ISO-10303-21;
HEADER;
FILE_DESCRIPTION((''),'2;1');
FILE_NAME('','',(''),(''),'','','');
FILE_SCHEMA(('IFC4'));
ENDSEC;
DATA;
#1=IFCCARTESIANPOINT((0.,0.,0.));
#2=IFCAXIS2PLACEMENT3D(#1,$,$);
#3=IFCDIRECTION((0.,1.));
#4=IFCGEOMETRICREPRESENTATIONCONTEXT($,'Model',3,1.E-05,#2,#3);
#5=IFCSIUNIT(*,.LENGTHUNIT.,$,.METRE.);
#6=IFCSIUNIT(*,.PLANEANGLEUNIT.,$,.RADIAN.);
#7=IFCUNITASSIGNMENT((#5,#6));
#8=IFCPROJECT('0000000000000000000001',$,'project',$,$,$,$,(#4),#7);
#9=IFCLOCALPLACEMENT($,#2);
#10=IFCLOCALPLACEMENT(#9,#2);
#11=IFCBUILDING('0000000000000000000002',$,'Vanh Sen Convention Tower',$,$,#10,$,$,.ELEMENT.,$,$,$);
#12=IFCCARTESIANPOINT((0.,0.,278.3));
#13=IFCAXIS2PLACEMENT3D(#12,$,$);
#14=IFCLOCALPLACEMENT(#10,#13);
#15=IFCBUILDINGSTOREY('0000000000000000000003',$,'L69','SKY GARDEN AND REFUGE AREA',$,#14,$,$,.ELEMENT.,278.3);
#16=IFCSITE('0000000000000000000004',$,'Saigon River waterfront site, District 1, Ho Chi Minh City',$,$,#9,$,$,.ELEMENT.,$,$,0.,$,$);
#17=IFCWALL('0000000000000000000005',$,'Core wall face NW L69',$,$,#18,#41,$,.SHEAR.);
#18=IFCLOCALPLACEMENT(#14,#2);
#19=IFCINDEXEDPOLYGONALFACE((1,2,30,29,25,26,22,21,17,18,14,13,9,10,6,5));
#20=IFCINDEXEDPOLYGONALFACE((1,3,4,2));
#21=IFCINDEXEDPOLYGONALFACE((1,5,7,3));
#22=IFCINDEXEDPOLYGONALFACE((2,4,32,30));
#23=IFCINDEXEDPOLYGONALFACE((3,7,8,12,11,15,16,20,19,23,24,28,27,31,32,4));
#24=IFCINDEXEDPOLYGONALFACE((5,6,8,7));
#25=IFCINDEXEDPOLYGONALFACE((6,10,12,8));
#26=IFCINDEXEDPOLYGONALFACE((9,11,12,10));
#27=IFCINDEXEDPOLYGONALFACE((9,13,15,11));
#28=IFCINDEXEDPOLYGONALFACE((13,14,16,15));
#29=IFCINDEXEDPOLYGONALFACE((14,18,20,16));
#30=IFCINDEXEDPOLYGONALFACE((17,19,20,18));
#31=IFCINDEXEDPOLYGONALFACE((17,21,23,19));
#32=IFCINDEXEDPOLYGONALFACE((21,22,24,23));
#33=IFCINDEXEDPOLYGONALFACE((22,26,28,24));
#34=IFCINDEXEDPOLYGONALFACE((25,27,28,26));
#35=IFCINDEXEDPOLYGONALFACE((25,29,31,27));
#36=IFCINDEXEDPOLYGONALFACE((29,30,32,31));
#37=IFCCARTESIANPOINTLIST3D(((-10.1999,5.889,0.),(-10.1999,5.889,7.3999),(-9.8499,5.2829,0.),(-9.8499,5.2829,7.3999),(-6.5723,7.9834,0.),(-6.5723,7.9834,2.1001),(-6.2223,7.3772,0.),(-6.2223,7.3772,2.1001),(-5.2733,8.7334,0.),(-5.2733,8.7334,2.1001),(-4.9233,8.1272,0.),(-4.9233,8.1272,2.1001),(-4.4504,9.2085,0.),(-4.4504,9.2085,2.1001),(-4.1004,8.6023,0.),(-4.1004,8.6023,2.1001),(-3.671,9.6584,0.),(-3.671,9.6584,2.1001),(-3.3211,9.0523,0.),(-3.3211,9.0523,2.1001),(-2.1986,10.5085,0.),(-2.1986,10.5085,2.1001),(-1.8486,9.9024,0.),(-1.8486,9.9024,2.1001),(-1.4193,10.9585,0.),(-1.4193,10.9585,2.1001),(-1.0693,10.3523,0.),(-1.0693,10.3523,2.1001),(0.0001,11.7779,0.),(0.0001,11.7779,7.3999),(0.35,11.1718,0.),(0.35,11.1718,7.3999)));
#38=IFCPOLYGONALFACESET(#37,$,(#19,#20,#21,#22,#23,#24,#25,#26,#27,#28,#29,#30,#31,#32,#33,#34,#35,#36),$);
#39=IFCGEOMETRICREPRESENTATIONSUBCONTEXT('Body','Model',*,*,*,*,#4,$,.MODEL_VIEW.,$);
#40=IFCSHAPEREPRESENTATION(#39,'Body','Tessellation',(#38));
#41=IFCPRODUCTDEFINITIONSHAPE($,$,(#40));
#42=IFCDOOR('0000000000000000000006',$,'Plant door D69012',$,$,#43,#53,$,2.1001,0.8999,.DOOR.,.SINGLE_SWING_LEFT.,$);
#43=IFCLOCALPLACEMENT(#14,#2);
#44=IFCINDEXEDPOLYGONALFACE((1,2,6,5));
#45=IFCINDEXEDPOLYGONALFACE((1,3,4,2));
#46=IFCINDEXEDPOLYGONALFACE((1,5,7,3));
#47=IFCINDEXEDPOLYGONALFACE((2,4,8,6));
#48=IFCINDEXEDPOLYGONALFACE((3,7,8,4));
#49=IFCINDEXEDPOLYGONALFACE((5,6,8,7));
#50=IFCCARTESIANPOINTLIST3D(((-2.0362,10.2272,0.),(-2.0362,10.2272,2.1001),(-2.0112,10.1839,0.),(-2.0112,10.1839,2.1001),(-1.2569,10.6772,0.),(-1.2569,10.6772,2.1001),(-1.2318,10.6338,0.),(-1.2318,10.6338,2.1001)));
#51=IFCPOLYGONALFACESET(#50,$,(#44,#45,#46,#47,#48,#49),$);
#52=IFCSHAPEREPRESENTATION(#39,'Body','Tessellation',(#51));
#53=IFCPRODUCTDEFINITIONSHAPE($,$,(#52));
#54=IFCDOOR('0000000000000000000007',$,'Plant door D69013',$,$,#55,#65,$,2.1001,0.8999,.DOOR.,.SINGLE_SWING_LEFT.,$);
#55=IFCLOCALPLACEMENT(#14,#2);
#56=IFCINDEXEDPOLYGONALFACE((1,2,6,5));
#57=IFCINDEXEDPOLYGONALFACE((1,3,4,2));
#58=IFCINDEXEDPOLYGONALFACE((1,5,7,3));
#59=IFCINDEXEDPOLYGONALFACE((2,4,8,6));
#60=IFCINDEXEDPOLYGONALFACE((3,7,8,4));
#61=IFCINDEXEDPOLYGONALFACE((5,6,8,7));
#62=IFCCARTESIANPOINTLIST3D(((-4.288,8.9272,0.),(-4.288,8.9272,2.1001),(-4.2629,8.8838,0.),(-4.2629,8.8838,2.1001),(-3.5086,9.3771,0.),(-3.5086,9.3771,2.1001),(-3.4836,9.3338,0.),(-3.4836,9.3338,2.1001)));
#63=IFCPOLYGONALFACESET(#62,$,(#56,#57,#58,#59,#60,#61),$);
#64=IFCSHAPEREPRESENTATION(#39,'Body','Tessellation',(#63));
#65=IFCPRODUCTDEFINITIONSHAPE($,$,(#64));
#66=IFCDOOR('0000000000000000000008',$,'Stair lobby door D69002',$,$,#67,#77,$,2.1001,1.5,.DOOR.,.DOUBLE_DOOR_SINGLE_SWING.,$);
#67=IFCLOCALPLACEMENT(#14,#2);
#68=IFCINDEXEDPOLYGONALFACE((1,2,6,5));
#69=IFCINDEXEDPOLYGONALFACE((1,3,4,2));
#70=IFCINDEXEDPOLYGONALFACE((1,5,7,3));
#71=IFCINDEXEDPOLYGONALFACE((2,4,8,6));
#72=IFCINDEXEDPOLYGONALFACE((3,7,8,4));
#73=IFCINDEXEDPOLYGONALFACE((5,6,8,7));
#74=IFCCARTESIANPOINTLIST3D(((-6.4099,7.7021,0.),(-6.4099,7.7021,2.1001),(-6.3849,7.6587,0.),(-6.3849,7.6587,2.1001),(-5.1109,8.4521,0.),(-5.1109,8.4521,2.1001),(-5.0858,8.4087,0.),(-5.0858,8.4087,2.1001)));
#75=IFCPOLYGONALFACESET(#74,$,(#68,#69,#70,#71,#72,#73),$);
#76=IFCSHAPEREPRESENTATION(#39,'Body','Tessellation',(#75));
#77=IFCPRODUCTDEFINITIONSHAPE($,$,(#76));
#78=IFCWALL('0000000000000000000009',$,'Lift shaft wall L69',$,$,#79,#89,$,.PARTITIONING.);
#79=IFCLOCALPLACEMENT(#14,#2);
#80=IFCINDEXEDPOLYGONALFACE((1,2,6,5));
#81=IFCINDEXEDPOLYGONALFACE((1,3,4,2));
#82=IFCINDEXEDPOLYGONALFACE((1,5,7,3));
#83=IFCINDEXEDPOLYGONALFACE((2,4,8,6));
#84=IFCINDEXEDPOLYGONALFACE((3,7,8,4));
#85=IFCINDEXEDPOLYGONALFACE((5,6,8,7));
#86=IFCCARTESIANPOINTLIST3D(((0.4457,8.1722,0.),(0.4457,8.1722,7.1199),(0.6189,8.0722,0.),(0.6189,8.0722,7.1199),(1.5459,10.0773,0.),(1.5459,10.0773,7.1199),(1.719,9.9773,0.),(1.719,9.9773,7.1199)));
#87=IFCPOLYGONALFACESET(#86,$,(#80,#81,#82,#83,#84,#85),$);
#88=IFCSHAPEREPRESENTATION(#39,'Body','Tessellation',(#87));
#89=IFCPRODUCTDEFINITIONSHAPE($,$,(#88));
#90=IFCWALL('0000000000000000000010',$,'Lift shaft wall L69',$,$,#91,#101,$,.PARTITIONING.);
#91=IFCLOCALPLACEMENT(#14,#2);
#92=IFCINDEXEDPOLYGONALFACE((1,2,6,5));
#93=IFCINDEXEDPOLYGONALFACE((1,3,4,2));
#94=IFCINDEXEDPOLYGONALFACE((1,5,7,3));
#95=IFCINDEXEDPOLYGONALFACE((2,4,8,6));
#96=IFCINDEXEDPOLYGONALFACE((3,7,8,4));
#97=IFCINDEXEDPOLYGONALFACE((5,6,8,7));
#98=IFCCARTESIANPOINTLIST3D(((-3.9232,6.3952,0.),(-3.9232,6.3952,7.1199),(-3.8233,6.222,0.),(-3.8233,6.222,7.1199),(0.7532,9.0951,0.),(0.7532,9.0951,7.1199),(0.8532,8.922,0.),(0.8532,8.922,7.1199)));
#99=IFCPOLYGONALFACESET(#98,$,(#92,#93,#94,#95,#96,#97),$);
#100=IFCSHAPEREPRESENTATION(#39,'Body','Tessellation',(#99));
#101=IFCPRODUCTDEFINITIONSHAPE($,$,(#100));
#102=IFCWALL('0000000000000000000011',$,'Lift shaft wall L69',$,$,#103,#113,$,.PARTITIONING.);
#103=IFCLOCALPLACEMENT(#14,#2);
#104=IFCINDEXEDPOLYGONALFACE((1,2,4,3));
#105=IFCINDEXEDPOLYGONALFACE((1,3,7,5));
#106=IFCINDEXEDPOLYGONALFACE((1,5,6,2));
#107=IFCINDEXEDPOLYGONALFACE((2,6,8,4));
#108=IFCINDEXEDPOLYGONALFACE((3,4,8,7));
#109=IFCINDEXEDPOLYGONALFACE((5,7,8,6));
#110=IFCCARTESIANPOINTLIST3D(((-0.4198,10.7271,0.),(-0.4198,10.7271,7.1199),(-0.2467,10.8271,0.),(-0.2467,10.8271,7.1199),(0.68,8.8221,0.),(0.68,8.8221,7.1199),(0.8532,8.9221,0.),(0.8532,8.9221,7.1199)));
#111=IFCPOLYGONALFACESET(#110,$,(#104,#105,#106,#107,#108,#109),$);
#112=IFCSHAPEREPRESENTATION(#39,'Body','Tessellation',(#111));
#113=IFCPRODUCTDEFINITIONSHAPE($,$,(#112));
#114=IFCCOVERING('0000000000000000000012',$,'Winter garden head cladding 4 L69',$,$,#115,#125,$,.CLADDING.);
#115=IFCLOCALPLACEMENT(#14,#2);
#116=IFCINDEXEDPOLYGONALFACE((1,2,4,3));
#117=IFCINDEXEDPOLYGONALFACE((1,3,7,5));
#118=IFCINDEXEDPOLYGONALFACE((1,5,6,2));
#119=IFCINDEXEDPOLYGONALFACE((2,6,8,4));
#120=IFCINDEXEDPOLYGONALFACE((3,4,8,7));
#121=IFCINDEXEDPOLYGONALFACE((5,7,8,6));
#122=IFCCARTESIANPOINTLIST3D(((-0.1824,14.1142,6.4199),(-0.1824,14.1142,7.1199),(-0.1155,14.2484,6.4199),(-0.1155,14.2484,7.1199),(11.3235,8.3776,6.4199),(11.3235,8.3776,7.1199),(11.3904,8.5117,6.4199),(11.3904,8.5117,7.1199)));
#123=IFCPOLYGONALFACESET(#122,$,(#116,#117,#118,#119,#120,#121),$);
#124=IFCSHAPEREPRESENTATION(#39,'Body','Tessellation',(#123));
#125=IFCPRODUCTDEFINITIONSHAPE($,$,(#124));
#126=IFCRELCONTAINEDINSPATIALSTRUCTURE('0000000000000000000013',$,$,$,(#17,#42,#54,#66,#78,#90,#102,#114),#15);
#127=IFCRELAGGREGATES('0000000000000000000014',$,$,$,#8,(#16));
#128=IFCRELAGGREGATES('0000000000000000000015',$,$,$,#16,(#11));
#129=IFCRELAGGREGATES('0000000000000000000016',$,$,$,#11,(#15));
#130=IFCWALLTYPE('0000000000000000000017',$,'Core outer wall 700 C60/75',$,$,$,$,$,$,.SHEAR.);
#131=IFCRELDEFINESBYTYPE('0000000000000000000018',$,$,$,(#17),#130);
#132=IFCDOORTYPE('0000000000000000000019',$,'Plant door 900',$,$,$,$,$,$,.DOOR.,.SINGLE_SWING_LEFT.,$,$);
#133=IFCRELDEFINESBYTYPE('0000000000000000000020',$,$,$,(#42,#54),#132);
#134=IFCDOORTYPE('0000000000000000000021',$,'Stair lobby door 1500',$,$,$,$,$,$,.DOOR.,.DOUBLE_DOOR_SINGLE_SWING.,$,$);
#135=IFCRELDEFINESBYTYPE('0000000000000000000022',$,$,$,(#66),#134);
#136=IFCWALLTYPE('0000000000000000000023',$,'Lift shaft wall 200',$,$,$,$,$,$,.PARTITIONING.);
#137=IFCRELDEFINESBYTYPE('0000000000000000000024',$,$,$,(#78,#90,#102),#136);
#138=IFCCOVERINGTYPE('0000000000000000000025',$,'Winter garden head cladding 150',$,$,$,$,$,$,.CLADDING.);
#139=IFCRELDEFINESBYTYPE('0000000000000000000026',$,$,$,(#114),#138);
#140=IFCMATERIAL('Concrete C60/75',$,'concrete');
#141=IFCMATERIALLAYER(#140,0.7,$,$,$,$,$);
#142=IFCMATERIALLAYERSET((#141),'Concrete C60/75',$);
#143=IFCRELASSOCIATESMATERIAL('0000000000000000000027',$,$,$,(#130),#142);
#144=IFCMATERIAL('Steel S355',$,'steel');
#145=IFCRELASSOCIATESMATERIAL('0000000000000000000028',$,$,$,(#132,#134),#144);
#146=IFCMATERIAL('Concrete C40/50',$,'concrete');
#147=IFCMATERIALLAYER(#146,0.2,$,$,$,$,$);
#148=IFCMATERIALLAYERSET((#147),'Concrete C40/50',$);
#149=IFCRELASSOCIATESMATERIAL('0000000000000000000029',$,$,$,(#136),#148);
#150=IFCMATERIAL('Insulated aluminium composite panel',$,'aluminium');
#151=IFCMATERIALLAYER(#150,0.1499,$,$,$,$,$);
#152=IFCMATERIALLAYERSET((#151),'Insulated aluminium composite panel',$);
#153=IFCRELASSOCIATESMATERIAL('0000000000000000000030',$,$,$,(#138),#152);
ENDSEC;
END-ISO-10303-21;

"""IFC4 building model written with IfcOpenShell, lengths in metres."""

from ifc_helpers import new_model, si_unit, direction, frame, frame_2d, origin, origin_2d, place, context, subcontext, project, spatial, rectangle, extrude, material, layer, layer_set, type_object, element, fill, save


model = new_model("IFC4")

# Units and contexts
model_context = context("Model", 3, precision=1e-05, world=origin(), true_north=direction((0.0, 1.0)))
body_context = subcontext(model_context, "Body", "Model", "MODEL_VIEW")
ifc_project = project(units=[si_unit("LENGTHUNIT", "METRE"), si_unit("PLANEANGLEUNIT", "RADIAN")], contexts=[model_context])

# Site, building, storey
site_placement = place(None, origin())
site = spatial("IfcSite", under=ifc_project, at=site_placement, Name="Saigon River waterfront site, District 1, Ho Chi Minh City", CompositionType="ELEMENT", RefElevation=0.0)
building_placement = place(site_placement, origin())
building = spatial("IfcBuilding", under=site, at=building_placement, Name="Vanh Sen Convention Tower", CompositionType="ELEMENT")
storey_placement = place(building_placement, frame((0.0, 0.0, 278.3)))
storey = spatial("IfcBuildingStorey", under=building, at=storey_placement, Name="L69", Description="SKY GARDEN AND REFUGE AREA", CompositionType="ELEMENT", Elevation=278.3)

# Wall, openings, doors
ifc_material_1 = material(Name="Concrete C60/75", Category="concrete")
ifc_layer_1 = layer(ifc_material_1, 0.7)
ifc_layer_set_1 = layer_set([ifc_layer_1], Name="Concrete C60/75")
wall_type_1 = type_object("IfcWallType", Name="Core outer wall 700 C60/75", PredefinedType="SHEAR", material=ifc_layer_set_1)
wall_1_placement = place(storey_placement, frame((0.175, 11.4749, 0.0), z_axis=(0.0, 0.0, 1.0), x_axis=(-0.866026, -0.499998, 0.0)))
wall_1 = element("IfcWall", 1, at=wall_1_placement, inside=storey, type_object=wall_type_1, Name="Core wall face NW L69", PredefinedType="SHEAR", context=body_context, shape_type="SweptSolid", body=[
    extrude(rectangle(XDim=11.7778, YDim=0.7, at=frame_2d((5.8889, 0.0))), origin(), (0.0, 0.0, 1.0), 7.3999),
])
opening_1_placement = place(wall_1_placement, frame((6.0891, 0.0, 0.0)))
opening_1 = element("IfcOpeningElement", 2, at=opening_1_placement, cuts=wall_1, PredefinedType="OPENING", context=body_context, shape_type="SweptSolid", body=[
    extrude(rectangle(XDim=1.5, YDim=2.1001, at=frame_2d((0.75, 1.05))), frame((0.0, 0.3599, 0.0), z_axis=(0.0, -1.0, 0.0), x_axis=(1.0, 0.0, 0.0)), (0.0, 0.0, 1.0), 0.72),
])
opening_2_placement = place(wall_1_placement, frame((1.6389, 0.0, 0.0)))
opening_2 = element("IfcOpeningElement", 3, at=opening_2_placement, cuts=wall_1, PredefinedType="OPENING", context=body_context, shape_type="SweptSolid", body=[
    extrude(rectangle(XDim=0.8999, YDim=2.1001, at=frame_2d((0.45, 1.05))), frame((0.0, 0.3599, 0.0), z_axis=(0.0, -1.0, 0.0), x_axis=(1.0, 0.0, 0.0)), (0.0, 0.0, 1.0), 0.72),
])
opening_3_placement = place(wall_1_placement, frame((4.239, 0.0, 0.0)))
opening_3 = element("IfcOpeningElement", 4, at=opening_3_placement, cuts=wall_1, PredefinedType="OPENING", context=body_context, shape_type="SweptSolid", body=[
    extrude(rectangle(XDim=0.8999, YDim=2.1001, at=frame_2d((0.45, 1.05))), frame((0.0, 0.3599, 0.0), z_axis=(0.0, -1.0, 0.0), x_axis=(1.0, 0.0, 0.0)), (0.0, 0.0, 1.0), 0.72),
])
ifc_material_2 = material(Name="Steel S355", Category="steel")
door_type_1 = type_object("IfcDoorType", Name="Plant door 900", OperationType="SINGLE_SWING_LEFT", PredefinedType="DOOR", material=ifc_material_2)
door_1_placement = place(opening_2_placement, origin())
door_1 = element("IfcDoor", 5, at=door_1_placement, inside=storey, type_object=door_type_1, Name="Plant door D69012", OperationType="SINGLE_SWING_LEFT", OverallHeight=2.1001, OverallWidth=0.8999, PredefinedType="DOOR", context=body_context, shape_type="SweptSolid", body=[
    extrude(rectangle(XDim=0.8999, YDim=2.1001, at=frame_2d((0.45, 1.05))), frame((0.0, 0.0249, 0.0), z_axis=(0.0, -1.0, 0.0), x_axis=(1.0, 0.0, 0.0)), (0.0, 0.0, 1.0), 0.05),
])
fill(opening_2, door_1)
door_2_placement = place(opening_3_placement, origin())
door_2 = element("IfcDoor", 6, at=door_2_placement, inside=storey, type_object=door_type_1, Name="Plant door D69013", OperationType="SINGLE_SWING_LEFT", OverallHeight=2.1001, OverallWidth=0.8999, PredefinedType="DOOR", context=body_context, shape_type="SweptSolid", body=[
    extrude(rectangle(XDim=0.8999, YDim=2.1001, at=frame_2d((0.45, 1.05))), frame((0.0, 0.0249, 0.0), z_axis=(0.0, -1.0, 0.0), x_axis=(1.0, 0.0, 0.0)), (0.0, 0.0, 1.0), 0.05),
])
fill(opening_3, door_2)
door_type_2 = type_object("IfcDoorType", Name="Stair lobby door 1500", OperationType="DOUBLE_DOOR_SINGLE_SWING", PredefinedType="DOOR", material=ifc_material_2)
door_3_placement = place(opening_1_placement, origin())
door_3 = element("IfcDoor", 7, at=door_3_placement, inside=storey, type_object=door_type_2, Name="Stair lobby door D69002", OperationType="DOUBLE_DOOR_SINGLE_SWING", OverallHeight=2.1001, OverallWidth=1.5, PredefinedType="DOOR", context=body_context, shape_type="SweptSolid", body=[
    extrude(rectangle(XDim=1.5, YDim=2.1001, at=frame_2d((0.75, 1.05))), frame((0.0, 0.0249, 0.0), z_axis=(0.0, -1.0, 0.0), x_axis=(1.0, 0.0, 0.0)), (0.0, 0.0, 1.0), 0.05),
])
fill(opening_1, door_3)

# Walls
ifc_material_3 = material(Name="Concrete C40/50", Category="concrete")
ifc_layer_2 = layer(ifc_material_3, 0.2)
ifc_layer_set_2 = layer_set([ifc_layer_2], Name="Concrete C40/50")
wall_type_2 = type_object("IfcWallType", Name="Lift shaft wall 200", PredefinedType="PARTITIONING", material=ifc_layer_set_2)
wall_2_placement = place(storey_placement, frame((0.5322, 8.1221, 0.0), z_axis=(0.0, 0.0, 1.0), x_axis=(0.500078, 0.86598, 0.0)))
element("IfcWall", 8, at=wall_2_placement, inside=storey, type_object=wall_type_2, Name="Lift shaft wall L69", PredefinedType="PARTITIONING", context=body_context, shape_type="SweptSolid", body=[
    extrude(rectangle(XDim=2.2, YDim=0.2, at=frame_2d((1.1001, 0.0))), origin(), (0.0, 0.0, 1.0), 7.1199),
])
wall_3_placement = place(storey_placement, frame((0.8032, 9.0085, 0.0), z_axis=(0.0, 0.0, 1.0), x_axis=(-0.866028, -0.499995, 0.0)))
element("IfcWall", 9, at=wall_3_placement, inside=storey, type_object=wall_type_2, Name="Lift shaft wall L69", PredefinedType="PARTITIONING", context=body_context, shape_type="SweptSolid", body=[
    extrude(rectangle(XDim=5.3999, YDim=0.2, at=frame_2d((2.7, 0.0))), origin(), (0.0, 0.0, 1.0), 7.1199),
])
wall_4_placement = place(storey_placement, frame((0.7666, 8.8721, 0.0), z_axis=(0.0, 0.0, 1.0), x_axis=(-0.499995, 0.866028, 0.0)))
element("IfcWall", 10, at=wall_4_placement, inside=storey, type_object=wall_type_2, Name="Lift shaft wall L69", PredefinedType="PARTITIONING", context=body_context, shape_type="SweptSolid", body=[
    extrude(rectangle(XDim=2.1997, YDim=0.2, at=frame_2d((1.0999, 0.0))), origin(), (0.0, 0.0, 1.0), 7.1199),
])

# Covering
ifc_material_4 = material(Name="Insulated aluminium composite panel", Category="aluminium")
ifc_layer_3 = layer(ifc_material_4, 0.1499)
ifc_layer_set_3 = layer_set([ifc_layer_3], Name="Insulated aluminium composite panel")
covering_type = type_object("IfcCoveringType", Name="Winter garden head cladding 150", PredefinedType="CLADDING", material=ifc_layer_set_3)
covering_placement = place(storey_placement, frame((5.604, 11.313, 6.4199), z_axis=(0.0, 0.0, 1.0), x_axis=(0.894934, -0.446199, 0.0)))
element("IfcCovering", 11, at=covering_placement, inside=storey, type_object=covering_type, Name="Winter garden head cladding 4 L69", PredefinedType="CLADDING", context=body_context, shape_type="SweptSolid", body=[
    extrude(rectangle(XDim=12.8567, YDim=0.1499, at=origin_2d()), origin(), (0.0, 0.0, 1.0), 0.7),
])

save(model, "model.ifc")
